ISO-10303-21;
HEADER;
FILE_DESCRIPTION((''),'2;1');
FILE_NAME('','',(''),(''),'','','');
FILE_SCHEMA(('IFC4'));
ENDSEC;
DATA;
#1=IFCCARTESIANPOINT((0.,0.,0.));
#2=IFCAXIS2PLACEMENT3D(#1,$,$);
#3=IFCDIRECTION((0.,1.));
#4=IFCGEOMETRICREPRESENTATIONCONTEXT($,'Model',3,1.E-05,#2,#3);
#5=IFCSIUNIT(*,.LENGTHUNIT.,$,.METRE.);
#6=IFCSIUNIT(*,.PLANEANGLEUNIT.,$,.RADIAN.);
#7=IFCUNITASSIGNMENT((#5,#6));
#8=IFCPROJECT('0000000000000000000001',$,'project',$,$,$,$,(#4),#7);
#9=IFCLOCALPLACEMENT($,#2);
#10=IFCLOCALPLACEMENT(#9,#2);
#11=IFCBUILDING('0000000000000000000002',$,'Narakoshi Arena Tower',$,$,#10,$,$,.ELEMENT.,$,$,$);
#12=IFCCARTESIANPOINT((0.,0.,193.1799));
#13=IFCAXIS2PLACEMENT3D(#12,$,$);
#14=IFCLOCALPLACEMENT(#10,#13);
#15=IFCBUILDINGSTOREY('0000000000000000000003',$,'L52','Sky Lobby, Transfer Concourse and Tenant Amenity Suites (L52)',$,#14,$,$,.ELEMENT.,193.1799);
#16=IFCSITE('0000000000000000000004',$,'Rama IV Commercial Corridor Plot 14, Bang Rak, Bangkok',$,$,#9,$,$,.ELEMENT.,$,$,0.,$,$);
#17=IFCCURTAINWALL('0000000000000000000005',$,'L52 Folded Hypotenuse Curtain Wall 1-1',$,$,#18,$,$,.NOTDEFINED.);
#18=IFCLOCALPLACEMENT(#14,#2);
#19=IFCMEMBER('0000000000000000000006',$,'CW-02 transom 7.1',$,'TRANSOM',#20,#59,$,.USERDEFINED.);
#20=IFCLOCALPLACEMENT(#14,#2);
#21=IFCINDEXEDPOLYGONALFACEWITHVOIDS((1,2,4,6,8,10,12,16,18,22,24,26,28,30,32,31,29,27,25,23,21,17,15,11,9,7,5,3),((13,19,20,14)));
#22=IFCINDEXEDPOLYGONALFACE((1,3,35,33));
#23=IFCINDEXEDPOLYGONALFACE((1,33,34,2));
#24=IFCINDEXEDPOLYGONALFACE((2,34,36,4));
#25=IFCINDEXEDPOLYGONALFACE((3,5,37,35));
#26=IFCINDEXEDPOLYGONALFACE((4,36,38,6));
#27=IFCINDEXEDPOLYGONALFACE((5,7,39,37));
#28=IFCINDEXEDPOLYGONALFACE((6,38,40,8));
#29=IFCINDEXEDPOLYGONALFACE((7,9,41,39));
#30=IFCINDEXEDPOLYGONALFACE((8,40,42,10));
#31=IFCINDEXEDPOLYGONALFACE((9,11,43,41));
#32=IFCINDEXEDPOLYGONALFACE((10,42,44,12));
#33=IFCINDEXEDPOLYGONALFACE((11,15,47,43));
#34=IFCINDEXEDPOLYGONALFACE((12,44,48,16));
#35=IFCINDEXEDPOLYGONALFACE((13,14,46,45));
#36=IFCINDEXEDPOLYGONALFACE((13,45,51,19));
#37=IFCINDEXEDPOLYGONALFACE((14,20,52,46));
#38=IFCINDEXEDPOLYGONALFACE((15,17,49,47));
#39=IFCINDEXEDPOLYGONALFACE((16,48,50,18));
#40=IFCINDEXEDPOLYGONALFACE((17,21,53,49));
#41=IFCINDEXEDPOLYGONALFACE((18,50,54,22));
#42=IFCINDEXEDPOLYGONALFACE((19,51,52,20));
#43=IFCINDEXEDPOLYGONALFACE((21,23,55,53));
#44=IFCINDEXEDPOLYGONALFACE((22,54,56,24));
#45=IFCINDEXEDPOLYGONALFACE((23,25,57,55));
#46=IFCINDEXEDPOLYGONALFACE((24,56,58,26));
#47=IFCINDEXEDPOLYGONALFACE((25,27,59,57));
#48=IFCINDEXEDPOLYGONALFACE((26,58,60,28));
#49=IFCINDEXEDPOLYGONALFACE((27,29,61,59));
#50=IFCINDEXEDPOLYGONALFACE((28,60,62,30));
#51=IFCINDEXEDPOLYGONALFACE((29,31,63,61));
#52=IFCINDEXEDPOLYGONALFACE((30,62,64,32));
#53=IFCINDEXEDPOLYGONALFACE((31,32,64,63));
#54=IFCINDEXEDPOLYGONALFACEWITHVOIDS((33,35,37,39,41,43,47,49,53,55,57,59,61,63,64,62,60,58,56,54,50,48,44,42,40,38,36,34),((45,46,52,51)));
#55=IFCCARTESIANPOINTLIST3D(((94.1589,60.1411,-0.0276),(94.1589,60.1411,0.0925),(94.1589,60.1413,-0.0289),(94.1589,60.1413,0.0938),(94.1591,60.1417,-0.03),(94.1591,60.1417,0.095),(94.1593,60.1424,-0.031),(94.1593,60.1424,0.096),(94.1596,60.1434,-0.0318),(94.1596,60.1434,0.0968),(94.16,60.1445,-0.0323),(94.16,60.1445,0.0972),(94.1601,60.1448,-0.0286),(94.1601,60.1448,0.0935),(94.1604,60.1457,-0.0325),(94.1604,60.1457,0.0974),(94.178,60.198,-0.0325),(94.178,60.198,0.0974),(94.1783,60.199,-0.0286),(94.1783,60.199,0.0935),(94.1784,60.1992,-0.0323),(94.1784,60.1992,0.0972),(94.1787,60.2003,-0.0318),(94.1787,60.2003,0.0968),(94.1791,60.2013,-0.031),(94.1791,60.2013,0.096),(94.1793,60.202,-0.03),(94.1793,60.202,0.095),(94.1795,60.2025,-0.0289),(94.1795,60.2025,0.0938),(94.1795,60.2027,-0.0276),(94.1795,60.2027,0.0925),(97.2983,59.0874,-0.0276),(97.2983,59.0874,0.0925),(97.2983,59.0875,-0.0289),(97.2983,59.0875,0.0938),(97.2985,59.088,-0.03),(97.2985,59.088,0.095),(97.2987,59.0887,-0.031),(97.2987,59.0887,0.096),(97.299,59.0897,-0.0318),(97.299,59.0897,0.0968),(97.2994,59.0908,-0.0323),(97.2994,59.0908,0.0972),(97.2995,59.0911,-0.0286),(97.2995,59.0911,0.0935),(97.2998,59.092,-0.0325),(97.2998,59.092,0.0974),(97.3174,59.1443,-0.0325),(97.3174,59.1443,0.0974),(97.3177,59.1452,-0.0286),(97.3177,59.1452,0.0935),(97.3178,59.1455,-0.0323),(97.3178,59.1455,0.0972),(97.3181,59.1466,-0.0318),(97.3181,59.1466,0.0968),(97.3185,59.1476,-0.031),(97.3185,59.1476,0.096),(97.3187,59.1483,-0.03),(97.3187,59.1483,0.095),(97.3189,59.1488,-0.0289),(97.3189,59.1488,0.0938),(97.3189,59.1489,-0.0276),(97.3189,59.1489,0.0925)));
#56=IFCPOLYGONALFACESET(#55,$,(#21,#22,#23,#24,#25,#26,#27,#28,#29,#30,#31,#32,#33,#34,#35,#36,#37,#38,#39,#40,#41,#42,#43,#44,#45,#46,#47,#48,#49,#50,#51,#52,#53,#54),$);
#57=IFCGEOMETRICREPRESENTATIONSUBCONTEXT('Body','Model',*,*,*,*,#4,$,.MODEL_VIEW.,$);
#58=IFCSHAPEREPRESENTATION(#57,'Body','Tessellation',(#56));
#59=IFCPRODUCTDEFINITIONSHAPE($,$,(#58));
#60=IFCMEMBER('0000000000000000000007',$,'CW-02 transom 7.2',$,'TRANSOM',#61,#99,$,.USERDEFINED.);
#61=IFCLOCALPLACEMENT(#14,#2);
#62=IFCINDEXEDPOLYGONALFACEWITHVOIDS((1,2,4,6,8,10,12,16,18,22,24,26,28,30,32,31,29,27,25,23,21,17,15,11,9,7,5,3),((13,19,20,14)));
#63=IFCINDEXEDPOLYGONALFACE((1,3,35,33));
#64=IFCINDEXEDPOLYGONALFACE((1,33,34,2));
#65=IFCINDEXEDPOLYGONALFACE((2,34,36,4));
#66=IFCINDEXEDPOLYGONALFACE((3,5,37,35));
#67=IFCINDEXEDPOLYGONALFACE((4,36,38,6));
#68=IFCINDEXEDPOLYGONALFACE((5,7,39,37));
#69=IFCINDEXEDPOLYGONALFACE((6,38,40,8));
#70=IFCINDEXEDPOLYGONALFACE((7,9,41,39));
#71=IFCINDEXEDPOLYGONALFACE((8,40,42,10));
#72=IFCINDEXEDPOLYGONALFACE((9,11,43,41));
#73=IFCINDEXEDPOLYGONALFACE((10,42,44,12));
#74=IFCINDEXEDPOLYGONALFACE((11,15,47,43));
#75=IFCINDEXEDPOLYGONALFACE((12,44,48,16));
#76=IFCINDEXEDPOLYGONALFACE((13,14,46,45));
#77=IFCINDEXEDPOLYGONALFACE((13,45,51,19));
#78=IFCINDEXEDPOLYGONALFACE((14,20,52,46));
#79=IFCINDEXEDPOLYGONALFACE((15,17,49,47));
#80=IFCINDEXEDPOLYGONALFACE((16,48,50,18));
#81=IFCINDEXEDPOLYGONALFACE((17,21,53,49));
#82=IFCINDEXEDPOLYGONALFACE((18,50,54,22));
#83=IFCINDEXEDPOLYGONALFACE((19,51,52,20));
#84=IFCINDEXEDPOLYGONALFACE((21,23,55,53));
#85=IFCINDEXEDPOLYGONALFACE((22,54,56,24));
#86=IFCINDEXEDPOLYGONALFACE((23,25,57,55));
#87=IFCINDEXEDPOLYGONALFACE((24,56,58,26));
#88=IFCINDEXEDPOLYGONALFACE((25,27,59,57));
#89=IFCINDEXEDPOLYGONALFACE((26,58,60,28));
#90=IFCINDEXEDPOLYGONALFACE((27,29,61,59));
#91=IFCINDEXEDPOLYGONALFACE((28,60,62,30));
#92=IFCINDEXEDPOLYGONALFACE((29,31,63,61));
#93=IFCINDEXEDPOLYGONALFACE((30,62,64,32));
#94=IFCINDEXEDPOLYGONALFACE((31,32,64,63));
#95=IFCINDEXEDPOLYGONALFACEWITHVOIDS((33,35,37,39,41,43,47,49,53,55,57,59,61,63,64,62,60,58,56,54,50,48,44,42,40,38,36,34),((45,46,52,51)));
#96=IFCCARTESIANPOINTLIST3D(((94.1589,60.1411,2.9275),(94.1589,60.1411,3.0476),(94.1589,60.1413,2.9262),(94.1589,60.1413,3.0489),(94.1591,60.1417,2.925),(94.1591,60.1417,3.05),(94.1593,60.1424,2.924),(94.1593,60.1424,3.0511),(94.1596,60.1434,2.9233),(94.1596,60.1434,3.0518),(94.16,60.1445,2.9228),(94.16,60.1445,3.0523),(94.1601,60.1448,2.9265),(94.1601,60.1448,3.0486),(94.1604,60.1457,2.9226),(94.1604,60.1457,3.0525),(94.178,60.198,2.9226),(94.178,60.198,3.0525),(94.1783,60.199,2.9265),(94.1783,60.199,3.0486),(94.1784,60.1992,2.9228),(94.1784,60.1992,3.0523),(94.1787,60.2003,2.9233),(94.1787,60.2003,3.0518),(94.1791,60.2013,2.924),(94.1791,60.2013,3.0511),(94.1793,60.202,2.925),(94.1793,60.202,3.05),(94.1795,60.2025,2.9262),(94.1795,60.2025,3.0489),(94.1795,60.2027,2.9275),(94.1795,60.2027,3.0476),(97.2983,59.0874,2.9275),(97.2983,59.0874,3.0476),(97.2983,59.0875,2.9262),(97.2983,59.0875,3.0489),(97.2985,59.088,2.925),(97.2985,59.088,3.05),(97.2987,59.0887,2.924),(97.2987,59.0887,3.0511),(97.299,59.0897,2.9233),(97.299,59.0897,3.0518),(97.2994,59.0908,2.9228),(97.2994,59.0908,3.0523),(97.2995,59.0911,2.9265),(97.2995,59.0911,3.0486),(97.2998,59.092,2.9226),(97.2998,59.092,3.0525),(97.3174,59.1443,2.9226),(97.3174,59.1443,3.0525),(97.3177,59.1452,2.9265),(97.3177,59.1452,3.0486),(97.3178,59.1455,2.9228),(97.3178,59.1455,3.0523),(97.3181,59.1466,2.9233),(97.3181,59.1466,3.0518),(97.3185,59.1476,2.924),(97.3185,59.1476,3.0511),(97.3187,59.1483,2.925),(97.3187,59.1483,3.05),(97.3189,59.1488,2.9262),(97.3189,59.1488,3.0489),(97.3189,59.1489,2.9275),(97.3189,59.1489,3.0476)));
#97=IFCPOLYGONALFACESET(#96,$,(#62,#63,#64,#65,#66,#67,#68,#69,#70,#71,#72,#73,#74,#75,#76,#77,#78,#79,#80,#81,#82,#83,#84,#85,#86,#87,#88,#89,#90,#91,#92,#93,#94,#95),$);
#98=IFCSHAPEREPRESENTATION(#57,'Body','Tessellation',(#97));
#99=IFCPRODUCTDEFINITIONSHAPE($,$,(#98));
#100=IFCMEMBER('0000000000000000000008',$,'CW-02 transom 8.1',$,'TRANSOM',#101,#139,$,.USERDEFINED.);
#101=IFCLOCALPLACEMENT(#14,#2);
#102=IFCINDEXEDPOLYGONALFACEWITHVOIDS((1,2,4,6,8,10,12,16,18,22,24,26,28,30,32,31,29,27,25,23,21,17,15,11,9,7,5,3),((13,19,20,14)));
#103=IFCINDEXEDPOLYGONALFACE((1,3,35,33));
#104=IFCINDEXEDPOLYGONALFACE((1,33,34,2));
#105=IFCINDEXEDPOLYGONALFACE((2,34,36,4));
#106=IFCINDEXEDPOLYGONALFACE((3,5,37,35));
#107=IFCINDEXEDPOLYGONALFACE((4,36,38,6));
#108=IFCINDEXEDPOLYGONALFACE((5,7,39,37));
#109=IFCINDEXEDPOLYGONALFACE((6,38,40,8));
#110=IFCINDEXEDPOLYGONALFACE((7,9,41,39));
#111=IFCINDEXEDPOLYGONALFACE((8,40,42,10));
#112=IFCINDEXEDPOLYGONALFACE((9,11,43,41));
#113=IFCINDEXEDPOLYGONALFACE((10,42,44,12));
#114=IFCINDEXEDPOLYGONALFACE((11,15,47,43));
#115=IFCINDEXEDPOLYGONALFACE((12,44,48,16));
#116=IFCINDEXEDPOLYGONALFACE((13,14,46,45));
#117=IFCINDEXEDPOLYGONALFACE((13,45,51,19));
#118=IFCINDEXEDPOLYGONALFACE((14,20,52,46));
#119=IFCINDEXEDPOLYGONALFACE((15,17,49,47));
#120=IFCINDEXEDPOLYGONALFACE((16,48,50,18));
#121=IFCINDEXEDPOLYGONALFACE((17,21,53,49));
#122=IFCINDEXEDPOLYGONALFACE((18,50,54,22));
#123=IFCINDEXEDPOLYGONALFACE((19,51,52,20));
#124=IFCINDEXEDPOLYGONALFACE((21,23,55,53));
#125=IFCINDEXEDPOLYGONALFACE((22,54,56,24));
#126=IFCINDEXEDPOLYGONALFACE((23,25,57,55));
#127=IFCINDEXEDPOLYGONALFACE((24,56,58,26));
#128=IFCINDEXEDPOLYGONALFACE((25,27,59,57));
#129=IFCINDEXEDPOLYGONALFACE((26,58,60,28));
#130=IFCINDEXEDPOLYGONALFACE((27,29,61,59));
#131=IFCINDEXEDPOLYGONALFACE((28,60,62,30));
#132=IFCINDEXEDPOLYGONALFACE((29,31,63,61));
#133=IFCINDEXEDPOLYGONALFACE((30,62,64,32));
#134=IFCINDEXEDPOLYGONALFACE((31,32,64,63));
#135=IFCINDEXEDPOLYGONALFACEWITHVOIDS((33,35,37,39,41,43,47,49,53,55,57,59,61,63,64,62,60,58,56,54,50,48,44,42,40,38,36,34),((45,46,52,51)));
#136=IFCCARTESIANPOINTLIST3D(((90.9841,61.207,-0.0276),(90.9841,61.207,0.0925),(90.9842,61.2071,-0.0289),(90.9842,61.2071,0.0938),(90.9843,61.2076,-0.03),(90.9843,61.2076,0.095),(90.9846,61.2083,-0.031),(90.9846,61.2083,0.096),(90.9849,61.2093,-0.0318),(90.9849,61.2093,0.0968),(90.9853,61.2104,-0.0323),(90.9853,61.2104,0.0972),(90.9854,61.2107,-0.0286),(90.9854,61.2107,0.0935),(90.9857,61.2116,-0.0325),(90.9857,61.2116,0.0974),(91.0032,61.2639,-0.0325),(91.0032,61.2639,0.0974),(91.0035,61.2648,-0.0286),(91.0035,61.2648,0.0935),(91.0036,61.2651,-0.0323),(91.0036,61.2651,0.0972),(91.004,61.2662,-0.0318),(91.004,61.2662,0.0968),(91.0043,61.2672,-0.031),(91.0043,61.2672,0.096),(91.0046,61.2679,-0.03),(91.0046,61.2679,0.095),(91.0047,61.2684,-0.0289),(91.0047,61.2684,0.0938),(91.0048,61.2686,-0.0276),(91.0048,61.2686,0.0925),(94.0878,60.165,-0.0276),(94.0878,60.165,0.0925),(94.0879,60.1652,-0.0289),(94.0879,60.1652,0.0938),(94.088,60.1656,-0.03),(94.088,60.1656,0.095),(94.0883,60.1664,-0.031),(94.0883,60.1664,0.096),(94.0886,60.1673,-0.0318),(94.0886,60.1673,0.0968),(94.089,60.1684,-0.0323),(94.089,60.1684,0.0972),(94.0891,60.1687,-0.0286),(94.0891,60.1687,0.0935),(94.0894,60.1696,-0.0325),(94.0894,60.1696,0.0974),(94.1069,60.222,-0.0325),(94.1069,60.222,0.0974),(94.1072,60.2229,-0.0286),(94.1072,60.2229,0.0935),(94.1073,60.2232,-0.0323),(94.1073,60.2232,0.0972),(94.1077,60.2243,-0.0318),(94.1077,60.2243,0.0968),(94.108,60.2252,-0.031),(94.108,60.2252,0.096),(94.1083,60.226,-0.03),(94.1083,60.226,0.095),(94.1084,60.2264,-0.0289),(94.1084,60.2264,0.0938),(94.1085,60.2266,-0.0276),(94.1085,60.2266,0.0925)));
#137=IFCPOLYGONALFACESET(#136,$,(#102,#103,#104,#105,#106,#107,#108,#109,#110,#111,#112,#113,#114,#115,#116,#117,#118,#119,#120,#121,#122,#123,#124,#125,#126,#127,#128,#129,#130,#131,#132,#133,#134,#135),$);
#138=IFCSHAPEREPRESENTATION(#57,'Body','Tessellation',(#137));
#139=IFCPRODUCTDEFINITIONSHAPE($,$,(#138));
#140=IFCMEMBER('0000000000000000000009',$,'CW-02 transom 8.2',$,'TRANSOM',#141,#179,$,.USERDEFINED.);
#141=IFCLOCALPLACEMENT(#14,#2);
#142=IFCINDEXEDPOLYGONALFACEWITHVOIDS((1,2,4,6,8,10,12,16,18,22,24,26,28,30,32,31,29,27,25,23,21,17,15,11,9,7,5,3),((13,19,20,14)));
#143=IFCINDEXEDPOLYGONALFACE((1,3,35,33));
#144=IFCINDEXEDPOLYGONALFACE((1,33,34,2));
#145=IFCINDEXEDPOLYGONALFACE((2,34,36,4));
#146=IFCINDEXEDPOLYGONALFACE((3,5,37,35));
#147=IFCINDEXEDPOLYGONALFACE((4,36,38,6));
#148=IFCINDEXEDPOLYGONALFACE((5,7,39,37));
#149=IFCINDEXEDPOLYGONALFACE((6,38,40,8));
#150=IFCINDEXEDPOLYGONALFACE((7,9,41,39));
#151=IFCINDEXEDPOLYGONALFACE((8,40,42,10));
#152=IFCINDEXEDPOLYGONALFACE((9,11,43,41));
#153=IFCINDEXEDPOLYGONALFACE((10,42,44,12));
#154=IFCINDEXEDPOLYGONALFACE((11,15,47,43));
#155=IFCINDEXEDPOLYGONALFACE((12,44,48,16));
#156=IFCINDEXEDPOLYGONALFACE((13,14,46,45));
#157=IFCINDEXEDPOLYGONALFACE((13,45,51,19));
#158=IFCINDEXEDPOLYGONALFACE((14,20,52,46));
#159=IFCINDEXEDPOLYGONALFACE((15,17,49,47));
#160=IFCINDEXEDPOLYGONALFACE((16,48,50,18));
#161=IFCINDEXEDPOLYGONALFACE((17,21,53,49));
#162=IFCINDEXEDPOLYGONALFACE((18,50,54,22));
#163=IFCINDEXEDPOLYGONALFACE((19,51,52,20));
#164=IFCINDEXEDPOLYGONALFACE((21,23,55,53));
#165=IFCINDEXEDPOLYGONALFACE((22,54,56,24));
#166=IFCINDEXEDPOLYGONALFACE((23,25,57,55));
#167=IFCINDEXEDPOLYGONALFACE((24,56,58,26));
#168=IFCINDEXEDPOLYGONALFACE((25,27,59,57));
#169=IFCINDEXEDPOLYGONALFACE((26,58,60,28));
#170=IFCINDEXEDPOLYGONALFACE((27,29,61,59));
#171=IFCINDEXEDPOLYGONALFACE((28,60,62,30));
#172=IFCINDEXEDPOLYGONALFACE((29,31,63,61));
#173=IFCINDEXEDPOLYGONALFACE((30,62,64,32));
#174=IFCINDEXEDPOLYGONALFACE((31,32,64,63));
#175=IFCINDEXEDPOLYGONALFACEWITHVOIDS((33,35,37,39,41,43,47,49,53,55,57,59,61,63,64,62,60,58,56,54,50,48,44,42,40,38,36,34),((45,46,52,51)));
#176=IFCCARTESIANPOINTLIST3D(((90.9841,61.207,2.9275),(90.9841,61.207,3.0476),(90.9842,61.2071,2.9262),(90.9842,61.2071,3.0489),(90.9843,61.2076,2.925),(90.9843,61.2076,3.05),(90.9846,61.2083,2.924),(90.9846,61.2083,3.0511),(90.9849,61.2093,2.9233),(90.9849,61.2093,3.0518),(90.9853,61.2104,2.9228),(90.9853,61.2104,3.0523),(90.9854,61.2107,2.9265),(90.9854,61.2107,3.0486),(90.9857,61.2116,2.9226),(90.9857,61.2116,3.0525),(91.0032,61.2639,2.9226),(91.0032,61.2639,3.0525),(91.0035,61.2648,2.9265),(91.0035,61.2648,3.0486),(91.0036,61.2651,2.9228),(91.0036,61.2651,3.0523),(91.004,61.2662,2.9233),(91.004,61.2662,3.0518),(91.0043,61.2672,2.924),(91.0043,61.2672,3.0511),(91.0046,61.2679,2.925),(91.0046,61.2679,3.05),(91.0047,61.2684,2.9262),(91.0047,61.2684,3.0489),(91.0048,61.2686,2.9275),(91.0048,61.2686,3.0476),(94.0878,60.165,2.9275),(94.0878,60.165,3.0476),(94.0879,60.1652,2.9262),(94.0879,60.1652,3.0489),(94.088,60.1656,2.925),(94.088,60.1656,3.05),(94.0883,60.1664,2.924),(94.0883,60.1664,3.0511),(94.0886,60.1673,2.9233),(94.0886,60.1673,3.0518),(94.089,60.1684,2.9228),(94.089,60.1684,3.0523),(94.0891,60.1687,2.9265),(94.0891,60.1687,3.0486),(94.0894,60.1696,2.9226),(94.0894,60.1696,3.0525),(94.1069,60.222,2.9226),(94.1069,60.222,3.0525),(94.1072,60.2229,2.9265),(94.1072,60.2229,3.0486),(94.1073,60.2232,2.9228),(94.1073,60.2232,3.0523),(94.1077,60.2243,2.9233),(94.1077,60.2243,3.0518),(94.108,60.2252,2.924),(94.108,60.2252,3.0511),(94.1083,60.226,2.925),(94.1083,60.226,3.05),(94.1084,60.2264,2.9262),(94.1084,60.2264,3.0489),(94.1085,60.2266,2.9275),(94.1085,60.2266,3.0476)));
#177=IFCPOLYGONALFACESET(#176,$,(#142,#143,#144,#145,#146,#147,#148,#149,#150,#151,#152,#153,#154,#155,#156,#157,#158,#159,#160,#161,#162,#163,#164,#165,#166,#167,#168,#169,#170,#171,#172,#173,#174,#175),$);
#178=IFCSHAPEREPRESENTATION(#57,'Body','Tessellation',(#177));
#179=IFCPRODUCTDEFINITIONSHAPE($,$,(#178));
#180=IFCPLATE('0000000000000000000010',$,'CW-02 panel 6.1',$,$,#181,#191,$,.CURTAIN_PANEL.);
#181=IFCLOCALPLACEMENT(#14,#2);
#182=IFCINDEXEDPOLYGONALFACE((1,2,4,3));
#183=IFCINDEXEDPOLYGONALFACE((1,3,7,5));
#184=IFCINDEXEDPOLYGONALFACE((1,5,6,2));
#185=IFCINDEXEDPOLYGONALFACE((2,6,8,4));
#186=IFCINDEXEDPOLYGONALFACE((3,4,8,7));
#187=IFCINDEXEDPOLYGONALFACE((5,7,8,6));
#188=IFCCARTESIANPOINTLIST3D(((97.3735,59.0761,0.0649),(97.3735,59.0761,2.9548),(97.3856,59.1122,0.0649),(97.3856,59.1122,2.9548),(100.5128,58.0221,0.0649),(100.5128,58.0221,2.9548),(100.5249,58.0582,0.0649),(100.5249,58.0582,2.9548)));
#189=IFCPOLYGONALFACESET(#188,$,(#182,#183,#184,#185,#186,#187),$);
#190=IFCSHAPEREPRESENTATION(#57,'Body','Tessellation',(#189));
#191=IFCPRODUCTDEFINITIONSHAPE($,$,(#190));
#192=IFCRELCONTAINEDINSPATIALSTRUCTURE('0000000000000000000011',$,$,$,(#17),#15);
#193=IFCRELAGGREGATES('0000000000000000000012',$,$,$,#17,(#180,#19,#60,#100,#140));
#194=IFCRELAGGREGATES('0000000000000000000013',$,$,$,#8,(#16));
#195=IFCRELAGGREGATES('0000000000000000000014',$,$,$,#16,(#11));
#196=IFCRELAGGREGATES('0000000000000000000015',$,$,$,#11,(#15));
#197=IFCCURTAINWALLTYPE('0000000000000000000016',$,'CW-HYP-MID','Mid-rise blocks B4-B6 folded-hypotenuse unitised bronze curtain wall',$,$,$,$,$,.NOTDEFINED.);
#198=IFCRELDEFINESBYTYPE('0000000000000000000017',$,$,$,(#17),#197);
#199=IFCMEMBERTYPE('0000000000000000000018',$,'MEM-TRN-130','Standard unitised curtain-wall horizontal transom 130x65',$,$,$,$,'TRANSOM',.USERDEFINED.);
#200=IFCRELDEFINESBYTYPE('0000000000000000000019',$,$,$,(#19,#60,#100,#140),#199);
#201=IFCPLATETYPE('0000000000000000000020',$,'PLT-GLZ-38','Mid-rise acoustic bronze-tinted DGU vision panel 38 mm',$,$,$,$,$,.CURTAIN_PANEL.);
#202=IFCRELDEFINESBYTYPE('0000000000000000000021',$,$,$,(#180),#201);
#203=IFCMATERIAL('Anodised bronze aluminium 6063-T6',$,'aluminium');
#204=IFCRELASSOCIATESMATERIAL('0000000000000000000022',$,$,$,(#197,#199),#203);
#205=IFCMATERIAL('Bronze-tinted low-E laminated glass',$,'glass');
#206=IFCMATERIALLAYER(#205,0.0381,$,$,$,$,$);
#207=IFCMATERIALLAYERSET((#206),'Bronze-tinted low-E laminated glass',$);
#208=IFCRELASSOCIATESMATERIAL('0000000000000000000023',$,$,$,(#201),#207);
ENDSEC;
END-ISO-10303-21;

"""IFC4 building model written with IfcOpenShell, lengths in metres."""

from ifc_helpers import new_model, si_unit, direction, frame, origin, origin_2d, place, context, subcontext, project, spatial, rectangle, hollow_rectangle, extrude, material, layer, layer_set, material_profile, profile_set, type_object, element, aggregate, save


model = new_model("IFC4")

# Units and contexts
model_context = context("Model", 3, precision=1e-05, world=origin(), true_north=direction((0.0, 1.0)))
body_context = subcontext(model_context, "Body", "Model", "MODEL_VIEW")
ifc_project = project(units=[si_unit("LENGTHUNIT", "METRE"), si_unit("PLANEANGLEUNIT", "RADIAN")], contexts=[model_context])

# Site, building, storey
site_placement = place(None, origin())
site = spatial("IfcSite", under=ifc_project, at=site_placement, Name="Rama IV Commercial Corridor Plot 14, Bang Rak, Bangkok", CompositionType="ELEMENT", RefElevation=0.0)
building_placement = place(site_placement, origin())
building = spatial("IfcBuilding", under=site, at=building_placement, Name="Narakoshi Arena Tower", CompositionType="ELEMENT")
storey_placement = place(building_placement, frame((0.0, 0.0, 193.1799)))
storey = spatial("IfcBuildingStorey", under=building, at=storey_placement, Name="L52", Description="Sky Lobby, Transfer Concourse and Tenant Amenity Suites (L52)", CompositionType="ELEMENT", Elevation=193.1799)

# Curtain wall, members, plate
ifc_material_1 = material(Name="Anodised bronze aluminium 6063-T6", Category="aluminium")
curtain_wall_type = type_object("IfcCurtainWallType", Name="CW-HYP-MID", Description="Mid-rise blocks B4-B6 folded-hypotenuse unitised bronze curtain wall", PredefinedType="NOTDEFINED", material=ifc_material_1)
curtain_wall_placement = place(storey_placement, origin())
curtain_wall = element("IfcCurtainWall", 1, at=curtain_wall_placement, inside=storey, type_object=curtain_wall_type, Name="L52 Folded Hypotenuse Curtain Wall 1-1", PredefinedType="NOTDEFINED")
ifc_material_profile_1 = material_profile(ifc_material_1, hollow_rectangle(XDim=0.0649, YDim=0.1299, WallThickness=0.0039, OuterFilletRadius=0.0049, at=origin_2d()), Name="TRN130x65x4")
ifc_profile_set_1 = profile_set([ifc_material_profile_1], Name="Anodised bronze aluminium 6063-T6")
member_type_1 = type_object("IfcMemberType", Name="MEM-TRN-130", Description="Standard unitised curtain-wall horizontal transom 130x65", ElementType="TRANSOM", PredefinedType="USERDEFINED", material=ifc_profile_set_1)
member_1_placement = place(storey_placement, frame((97.3086, 59.1182, 0.0325), z_axis=(-0.948025, 0.318196, 0.0), x_axis=(-0.318196, -0.948025, 0.0)))
member_1 = element("IfcMember", 2, at=member_1_placement, type_object=member_type_1, Name="CW-02 transom 7.1", ObjectType="TRANSOM", PredefinedType="USERDEFINED", context=body_context, shape_type="SweptSolid", body=[
    extrude(hollow_rectangle(XDim=0.0649, YDim=0.1299, WallThickness=0.0039, OuterFilletRadius=0.0049, at=origin_2d()), origin(), (0.0, 0.0, 1.0), 3.3115),
])
member_2_placement = place(storey_placement, frame((97.3086, 59.1182, 2.9875), z_axis=(-0.948025, 0.318196, 0.0), x_axis=(-0.318196, -0.948025, 0.0)))
member_2 = element("IfcMember", 3, at=member_2_placement, type_object=member_type_1, Name="CW-02 transom 7.2", ObjectType="TRANSOM", PredefinedType="USERDEFINED", context=body_context, shape_type="SweptSolid", body=[
    extrude(hollow_rectangle(XDim=0.0649, YDim=0.1299, WallThickness=0.0039, OuterFilletRadius=0.0049, at=origin_2d()), origin(), (0.0, 0.0, 1.0), 3.3115),
])
member_3_placement = place(storey_placement, frame((94.0981, 60.1958, 0.0325), z_axis=(-0.948003, 0.318263, 0.0), x_axis=(-0.318263, -0.948003, 0.0)))
member_3 = element("IfcMember", 4, at=member_3_placement, type_object=member_type_1, Name="CW-02 transom 8.1", ObjectType="TRANSOM", PredefinedType="USERDEFINED", context=body_context, shape_type="SweptSolid", body=[
    extrude(hollow_rectangle(XDim=0.0649, YDim=0.1299, WallThickness=0.0039, OuterFilletRadius=0.0049, at=origin_2d()), origin(), (0.0, 0.0, 1.0), 3.2739),
])
member_4_placement = place(storey_placement, frame((94.0981, 60.1958, 2.9875), z_axis=(-0.948003, 0.318263, 0.0), x_axis=(-0.318263, -0.948003, 0.0)))
member_4 = element("IfcMember", 5, at=member_4_placement, type_object=member_type_1, Name="CW-02 transom 8.2", ObjectType="TRANSOM", PredefinedType="USERDEFINED", context=body_context, shape_type="SweptSolid", body=[
    extrude(hollow_rectangle(XDim=0.0649, YDim=0.1299, WallThickness=0.0039, OuterFilletRadius=0.0049, at=origin_2d()), origin(), (0.0, 0.0, 1.0), 3.2739),
])
ifc_material_2 = material(Name="Bronze-tinted low-E laminated glass", Category="glass")
ifc_layer_1 = layer(ifc_material_2, 0.0381)
ifc_layer_set_1 = layer_set([ifc_layer_1], Name="Bronze-tinted low-E laminated glass")
plate_type = type_object("IfcPlateType", Name="PLT-GLZ-38", Description="Mid-rise acoustic bronze-tinted DGU vision panel 38 mm", PredefinedType="CURTAIN_PANEL", material=ifc_layer_set_1)
plate_1_placement = place(storey_placement, frame((98.9492, 58.5671, 0.0649), z_axis=(0.0, 0.0, 1.0), x_axis=(-0.948002, 0.318263, 0.0)))
plate_1 = element("IfcPlate", 6, at=plate_1_placement, type_object=plate_type, Name="CW-02 panel 6.1", PredefinedType="CURTAIN_PANEL", context=body_context, shape_type="SweptSolid", body=[
    extrude(rectangle(XDim=3.3115, YDim=0.0381, at=origin_2d()), origin(), (0.0, 0.0, 1.0), 2.8899),
])
aggregate(curtain_wall, [plate_1, member_1, member_2, member_3, member_4])

save(model, "model.ifc")
